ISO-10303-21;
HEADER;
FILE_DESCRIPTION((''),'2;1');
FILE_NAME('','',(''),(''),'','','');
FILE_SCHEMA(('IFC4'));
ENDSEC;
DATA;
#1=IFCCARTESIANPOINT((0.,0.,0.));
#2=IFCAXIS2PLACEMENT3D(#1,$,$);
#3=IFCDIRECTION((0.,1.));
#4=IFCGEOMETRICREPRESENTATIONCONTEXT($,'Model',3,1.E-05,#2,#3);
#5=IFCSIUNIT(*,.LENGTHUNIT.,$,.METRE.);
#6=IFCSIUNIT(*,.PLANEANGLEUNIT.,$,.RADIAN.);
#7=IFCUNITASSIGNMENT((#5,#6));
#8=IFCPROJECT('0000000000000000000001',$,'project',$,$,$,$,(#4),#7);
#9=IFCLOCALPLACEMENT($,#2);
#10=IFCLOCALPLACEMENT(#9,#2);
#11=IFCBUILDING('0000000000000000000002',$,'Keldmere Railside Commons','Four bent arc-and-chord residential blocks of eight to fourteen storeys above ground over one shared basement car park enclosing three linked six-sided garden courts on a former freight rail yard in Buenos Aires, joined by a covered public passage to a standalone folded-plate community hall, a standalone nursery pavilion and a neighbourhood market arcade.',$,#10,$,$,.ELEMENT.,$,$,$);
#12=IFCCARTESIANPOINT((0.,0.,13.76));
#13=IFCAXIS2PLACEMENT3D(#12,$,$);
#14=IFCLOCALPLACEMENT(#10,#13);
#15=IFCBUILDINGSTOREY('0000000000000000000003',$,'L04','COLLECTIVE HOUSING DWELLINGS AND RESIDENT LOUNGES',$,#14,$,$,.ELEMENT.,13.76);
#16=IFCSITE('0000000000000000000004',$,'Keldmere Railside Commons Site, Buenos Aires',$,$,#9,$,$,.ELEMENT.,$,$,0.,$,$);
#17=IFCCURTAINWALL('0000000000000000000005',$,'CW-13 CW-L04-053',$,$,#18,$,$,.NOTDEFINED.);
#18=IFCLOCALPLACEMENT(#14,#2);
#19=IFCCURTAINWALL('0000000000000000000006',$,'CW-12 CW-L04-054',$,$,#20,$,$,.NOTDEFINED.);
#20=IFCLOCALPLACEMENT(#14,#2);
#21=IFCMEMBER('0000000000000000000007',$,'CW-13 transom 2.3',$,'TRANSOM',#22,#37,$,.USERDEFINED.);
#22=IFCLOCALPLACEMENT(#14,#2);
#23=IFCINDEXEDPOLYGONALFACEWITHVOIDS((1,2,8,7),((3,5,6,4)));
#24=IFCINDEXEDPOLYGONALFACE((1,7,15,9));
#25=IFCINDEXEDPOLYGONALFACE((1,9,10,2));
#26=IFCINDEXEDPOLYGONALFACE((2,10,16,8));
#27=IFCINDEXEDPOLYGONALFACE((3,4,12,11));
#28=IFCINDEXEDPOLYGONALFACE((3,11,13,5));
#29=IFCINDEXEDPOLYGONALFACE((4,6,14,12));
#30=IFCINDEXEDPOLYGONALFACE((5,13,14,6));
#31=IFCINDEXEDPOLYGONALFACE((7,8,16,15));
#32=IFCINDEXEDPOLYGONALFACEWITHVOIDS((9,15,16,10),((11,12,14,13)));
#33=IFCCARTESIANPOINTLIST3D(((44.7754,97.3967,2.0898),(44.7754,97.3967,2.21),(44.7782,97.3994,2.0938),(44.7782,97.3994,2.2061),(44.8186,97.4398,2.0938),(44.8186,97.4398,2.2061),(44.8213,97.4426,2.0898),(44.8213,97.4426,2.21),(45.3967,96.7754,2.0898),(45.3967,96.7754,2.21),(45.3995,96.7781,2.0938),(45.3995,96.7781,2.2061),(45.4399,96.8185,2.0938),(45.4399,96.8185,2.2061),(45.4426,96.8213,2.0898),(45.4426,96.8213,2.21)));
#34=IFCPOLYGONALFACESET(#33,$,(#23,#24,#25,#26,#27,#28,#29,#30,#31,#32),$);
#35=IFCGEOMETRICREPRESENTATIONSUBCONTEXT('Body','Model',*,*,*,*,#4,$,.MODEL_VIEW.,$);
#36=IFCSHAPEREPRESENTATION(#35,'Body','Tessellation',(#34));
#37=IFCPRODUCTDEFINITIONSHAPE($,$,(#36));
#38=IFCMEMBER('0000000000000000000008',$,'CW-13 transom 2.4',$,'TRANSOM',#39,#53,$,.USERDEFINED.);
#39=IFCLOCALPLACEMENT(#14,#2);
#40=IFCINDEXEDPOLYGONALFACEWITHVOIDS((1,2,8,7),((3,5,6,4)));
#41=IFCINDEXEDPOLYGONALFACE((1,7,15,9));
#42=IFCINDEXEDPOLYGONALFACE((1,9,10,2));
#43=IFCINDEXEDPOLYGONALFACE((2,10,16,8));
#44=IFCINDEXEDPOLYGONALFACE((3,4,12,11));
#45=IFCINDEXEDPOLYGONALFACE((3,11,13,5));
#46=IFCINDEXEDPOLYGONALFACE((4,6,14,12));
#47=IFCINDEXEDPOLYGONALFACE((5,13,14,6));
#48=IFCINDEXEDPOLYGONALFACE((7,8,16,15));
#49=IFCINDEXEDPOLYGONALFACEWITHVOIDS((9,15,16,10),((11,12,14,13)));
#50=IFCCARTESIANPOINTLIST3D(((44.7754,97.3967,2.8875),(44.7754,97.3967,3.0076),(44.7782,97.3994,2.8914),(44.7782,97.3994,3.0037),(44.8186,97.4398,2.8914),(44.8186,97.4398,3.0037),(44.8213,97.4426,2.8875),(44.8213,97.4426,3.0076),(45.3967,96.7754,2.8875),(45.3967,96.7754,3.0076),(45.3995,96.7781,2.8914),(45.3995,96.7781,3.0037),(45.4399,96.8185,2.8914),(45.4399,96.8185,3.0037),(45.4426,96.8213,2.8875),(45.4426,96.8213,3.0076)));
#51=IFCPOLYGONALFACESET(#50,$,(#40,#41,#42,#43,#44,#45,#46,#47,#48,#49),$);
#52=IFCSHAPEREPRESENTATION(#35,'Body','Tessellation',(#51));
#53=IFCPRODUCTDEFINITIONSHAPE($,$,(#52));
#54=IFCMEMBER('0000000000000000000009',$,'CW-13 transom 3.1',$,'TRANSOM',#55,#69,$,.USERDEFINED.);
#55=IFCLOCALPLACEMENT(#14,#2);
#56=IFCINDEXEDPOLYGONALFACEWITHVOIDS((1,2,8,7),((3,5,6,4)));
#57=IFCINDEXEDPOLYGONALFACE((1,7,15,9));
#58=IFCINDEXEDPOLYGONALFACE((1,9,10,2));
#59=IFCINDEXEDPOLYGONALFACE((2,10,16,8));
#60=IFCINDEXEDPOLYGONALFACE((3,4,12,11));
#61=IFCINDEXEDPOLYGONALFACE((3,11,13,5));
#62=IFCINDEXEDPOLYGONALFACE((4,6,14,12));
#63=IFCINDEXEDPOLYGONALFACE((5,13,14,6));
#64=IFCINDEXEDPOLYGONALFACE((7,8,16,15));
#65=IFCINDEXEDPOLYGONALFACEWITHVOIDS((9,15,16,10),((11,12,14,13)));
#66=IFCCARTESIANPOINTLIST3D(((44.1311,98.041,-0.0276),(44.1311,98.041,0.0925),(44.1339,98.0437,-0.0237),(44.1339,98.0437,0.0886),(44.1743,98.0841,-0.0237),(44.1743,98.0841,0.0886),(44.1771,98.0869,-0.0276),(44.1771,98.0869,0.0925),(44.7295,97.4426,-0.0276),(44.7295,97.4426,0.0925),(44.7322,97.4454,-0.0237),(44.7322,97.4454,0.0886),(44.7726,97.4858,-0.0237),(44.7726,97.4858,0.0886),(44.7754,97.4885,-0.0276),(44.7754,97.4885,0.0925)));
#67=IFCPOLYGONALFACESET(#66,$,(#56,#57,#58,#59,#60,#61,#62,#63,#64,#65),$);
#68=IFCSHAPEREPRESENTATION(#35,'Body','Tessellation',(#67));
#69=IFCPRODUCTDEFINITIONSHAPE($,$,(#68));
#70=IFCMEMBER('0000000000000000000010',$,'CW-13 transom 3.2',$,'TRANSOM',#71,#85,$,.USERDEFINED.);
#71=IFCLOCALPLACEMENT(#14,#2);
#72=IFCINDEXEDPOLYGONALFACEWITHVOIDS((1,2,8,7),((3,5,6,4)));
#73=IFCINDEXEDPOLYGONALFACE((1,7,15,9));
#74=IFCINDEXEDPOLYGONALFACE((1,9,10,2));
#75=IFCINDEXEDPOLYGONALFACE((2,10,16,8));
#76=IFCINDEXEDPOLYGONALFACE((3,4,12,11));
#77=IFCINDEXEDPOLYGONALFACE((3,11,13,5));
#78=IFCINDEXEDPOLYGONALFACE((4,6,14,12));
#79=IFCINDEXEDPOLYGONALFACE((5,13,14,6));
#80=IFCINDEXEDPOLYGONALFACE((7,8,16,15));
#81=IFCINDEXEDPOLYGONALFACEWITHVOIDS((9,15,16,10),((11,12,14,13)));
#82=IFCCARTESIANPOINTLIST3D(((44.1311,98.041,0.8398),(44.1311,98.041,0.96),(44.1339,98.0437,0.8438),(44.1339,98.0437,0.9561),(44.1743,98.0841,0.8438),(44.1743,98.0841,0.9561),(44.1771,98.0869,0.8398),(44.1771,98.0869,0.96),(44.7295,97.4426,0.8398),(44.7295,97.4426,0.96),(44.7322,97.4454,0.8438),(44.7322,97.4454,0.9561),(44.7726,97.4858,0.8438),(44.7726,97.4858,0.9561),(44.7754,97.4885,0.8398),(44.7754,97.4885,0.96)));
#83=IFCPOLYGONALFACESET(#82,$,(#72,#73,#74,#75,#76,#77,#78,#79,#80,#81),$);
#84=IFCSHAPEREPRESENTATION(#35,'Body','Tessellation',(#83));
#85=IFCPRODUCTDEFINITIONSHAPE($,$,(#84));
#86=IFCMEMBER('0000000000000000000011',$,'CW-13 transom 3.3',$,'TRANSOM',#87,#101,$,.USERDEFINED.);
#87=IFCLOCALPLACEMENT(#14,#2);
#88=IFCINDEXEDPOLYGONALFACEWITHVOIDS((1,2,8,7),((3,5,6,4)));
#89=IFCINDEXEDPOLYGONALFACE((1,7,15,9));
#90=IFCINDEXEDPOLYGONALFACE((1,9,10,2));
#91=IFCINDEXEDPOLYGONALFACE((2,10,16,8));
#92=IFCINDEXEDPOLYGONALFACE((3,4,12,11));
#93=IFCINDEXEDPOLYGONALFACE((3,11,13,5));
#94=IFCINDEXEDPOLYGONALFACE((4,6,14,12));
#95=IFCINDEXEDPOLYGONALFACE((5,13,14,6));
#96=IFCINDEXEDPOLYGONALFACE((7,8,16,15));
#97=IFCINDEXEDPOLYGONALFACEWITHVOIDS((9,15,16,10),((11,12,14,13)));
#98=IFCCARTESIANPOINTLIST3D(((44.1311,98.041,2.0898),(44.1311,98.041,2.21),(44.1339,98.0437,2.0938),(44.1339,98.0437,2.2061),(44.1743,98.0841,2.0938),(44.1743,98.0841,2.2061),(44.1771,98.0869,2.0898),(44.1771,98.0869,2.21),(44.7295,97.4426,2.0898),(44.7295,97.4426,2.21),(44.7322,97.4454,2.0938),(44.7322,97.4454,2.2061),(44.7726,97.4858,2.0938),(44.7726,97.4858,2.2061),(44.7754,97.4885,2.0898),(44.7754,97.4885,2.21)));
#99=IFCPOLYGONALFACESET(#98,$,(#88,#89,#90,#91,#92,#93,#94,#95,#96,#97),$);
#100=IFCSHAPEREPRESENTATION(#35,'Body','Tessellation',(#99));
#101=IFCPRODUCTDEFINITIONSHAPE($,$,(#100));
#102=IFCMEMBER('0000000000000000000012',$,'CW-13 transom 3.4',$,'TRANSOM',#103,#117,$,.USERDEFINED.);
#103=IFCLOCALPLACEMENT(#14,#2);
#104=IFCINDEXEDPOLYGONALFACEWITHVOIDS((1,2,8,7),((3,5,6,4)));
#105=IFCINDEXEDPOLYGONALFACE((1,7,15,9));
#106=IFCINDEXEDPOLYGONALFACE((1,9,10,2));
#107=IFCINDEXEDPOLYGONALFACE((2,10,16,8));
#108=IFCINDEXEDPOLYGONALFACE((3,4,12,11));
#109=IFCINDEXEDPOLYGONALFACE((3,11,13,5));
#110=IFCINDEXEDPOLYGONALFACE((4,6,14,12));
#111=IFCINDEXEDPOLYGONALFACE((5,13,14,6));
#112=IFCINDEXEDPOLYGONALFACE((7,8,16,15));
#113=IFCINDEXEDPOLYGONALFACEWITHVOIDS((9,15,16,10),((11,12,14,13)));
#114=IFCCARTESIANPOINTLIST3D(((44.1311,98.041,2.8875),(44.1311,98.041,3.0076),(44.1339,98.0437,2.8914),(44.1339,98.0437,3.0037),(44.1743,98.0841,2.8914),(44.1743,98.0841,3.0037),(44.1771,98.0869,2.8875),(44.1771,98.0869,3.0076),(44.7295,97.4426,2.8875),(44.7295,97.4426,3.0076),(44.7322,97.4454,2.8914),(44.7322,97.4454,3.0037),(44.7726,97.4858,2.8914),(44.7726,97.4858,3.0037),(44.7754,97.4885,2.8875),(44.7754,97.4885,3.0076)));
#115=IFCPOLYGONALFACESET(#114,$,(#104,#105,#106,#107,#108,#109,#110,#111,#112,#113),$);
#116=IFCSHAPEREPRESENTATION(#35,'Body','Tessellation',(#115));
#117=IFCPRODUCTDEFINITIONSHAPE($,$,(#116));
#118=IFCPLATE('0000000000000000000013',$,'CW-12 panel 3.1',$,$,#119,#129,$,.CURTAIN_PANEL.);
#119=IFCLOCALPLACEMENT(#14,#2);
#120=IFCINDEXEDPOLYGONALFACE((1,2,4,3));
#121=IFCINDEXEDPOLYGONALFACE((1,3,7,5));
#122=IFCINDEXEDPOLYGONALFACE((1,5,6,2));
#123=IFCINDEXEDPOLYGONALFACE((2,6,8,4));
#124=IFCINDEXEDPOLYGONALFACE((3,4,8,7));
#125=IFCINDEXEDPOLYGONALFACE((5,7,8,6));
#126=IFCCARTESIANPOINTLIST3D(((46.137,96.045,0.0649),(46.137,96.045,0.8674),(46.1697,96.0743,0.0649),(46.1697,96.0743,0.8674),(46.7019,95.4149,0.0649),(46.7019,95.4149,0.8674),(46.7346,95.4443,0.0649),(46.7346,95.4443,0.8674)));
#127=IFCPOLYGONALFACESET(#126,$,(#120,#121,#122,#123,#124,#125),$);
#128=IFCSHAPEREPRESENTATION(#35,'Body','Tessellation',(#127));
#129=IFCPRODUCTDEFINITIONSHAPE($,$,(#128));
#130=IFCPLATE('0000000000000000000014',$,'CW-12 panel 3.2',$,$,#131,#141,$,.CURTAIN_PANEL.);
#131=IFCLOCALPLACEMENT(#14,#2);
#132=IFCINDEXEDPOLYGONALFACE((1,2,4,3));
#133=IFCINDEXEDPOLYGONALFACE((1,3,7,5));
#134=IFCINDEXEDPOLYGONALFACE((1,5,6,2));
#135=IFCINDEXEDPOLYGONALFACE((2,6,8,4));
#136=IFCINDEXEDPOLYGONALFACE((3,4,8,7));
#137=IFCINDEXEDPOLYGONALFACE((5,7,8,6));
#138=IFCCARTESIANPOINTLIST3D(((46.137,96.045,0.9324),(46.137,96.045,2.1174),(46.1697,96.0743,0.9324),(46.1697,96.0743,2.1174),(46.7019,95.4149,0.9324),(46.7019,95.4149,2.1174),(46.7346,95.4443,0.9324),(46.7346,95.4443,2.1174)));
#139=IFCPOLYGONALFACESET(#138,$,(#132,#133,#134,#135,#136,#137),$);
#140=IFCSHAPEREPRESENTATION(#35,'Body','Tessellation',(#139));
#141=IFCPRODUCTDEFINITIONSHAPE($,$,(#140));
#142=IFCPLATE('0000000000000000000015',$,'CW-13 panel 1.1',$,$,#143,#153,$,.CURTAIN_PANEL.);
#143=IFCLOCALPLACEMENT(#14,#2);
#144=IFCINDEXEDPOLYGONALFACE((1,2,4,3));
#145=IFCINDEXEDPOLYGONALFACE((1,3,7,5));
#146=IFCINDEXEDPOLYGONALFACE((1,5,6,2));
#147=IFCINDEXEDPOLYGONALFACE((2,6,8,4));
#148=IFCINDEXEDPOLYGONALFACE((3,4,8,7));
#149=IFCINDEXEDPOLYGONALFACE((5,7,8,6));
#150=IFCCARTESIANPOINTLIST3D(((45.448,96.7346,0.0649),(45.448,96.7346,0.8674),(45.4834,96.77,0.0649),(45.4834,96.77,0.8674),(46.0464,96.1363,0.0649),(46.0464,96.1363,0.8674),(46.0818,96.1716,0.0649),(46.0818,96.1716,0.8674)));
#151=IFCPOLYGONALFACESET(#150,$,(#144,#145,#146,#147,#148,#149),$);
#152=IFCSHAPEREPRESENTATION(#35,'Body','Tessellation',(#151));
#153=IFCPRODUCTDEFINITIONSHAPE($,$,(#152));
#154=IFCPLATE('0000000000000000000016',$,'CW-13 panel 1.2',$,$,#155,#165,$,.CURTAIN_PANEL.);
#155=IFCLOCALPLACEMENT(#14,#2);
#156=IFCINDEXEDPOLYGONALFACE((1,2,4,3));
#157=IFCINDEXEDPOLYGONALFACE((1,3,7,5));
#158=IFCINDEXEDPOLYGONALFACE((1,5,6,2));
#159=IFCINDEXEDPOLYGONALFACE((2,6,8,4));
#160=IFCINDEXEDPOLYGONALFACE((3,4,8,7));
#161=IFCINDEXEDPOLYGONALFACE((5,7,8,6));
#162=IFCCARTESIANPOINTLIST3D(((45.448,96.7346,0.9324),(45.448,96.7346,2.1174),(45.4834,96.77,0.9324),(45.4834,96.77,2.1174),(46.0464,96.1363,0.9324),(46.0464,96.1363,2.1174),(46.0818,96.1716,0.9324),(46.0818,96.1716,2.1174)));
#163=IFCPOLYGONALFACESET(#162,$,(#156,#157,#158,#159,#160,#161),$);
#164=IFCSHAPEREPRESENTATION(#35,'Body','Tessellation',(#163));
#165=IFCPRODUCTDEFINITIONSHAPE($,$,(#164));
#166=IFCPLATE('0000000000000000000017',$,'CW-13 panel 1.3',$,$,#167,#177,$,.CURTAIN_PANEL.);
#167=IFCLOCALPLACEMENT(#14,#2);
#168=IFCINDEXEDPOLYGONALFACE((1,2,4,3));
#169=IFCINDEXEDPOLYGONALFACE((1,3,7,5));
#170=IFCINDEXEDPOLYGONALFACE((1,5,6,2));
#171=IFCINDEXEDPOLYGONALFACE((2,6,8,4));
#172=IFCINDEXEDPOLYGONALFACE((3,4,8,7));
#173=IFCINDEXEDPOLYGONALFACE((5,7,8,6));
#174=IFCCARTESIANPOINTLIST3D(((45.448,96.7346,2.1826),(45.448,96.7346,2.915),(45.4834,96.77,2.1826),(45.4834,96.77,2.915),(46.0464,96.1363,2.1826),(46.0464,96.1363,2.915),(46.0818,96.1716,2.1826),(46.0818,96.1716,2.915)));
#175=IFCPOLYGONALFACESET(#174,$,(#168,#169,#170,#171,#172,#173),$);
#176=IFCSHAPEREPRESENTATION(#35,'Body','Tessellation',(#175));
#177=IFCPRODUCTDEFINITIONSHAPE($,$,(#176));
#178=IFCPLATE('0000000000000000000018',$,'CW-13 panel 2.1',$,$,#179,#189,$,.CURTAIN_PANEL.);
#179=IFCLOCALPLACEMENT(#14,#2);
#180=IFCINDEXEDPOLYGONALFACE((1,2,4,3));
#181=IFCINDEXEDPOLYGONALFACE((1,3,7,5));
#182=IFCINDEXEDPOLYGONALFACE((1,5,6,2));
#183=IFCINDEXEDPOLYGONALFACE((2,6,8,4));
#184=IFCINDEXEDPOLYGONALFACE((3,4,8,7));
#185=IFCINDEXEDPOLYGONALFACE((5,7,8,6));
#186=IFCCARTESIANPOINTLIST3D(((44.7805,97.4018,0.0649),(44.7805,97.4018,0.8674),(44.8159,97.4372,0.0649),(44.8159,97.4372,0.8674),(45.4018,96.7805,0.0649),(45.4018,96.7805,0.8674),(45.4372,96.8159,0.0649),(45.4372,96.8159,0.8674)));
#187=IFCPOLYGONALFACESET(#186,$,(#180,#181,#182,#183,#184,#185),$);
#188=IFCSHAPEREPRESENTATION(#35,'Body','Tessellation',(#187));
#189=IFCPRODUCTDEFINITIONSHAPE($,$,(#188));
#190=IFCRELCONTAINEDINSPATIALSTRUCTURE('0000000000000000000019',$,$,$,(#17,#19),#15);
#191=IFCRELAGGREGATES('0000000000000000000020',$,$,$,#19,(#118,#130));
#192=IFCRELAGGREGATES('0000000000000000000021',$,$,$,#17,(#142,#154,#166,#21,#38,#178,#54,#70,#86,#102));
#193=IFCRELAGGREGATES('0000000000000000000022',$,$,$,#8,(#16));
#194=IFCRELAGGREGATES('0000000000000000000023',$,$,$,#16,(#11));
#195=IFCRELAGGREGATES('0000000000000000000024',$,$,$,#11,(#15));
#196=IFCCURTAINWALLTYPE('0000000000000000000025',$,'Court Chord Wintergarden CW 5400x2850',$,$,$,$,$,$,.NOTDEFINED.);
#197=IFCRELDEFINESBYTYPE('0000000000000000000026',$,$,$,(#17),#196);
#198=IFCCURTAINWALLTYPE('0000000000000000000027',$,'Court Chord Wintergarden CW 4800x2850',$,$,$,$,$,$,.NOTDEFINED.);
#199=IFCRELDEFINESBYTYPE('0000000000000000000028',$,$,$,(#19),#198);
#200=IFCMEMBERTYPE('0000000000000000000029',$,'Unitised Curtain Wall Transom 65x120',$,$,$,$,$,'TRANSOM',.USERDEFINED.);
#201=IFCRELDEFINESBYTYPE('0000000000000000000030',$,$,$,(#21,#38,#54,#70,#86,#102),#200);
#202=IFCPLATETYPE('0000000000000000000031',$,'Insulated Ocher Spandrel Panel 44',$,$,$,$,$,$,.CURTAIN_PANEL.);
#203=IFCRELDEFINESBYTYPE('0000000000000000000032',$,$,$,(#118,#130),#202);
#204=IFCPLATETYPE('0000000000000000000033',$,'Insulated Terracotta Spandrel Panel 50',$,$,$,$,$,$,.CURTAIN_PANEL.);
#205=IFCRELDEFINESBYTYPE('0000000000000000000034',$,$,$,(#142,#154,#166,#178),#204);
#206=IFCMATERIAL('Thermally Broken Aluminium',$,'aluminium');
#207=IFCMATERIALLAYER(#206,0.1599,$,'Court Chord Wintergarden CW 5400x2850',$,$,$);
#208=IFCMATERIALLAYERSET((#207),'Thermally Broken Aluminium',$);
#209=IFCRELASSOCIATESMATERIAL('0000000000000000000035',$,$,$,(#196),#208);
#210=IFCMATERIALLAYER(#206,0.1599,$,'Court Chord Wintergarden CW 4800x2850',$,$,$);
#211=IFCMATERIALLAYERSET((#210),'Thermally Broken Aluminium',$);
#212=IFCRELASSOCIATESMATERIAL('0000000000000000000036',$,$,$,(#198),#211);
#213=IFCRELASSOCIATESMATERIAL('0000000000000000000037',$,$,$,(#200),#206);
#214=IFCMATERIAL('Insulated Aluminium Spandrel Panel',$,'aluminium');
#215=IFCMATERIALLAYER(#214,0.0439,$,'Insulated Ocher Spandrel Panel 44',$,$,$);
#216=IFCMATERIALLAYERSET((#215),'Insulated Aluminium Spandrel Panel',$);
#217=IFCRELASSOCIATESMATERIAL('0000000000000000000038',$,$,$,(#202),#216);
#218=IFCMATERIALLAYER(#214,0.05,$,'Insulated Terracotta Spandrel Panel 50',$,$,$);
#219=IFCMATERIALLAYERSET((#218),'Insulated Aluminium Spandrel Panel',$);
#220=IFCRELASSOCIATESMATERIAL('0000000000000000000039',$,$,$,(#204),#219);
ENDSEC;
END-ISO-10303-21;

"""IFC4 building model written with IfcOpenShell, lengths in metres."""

from ifc_helpers import new_model, si_unit, direction, frame, origin, origin_2d, place, context, subcontext, project, spatial, rectangle, hollow_rectangle, extrude, material, layer, layer_set, material_profile, profile_set, type_object, element, aggregate, save


model = new_model("IFC4")

# Units and contexts
model_context = context("Model", 3, precision=1e-05, world=origin(), true_north=direction((0.0, 1.0)))
body_context = subcontext(model_context, "Body", "Model", "MODEL_VIEW")
ifc_project = project(units=[si_unit("LENGTHUNIT", "METRE"), si_unit("PLANEANGLEUNIT", "RADIAN")], contexts=[model_context])

# Site, building, storey
site_placement = place(None, origin())
site = spatial("IfcSite", under=ifc_project, at=site_placement, Name="Keldmere Railside Commons Site, Buenos Aires", CompositionType="ELEMENT", RefElevation=0.0)
building_placement = place(site_placement, origin())
building = spatial("IfcBuilding", under=site, at=building_placement, Name="Keldmere Railside Commons", Description="Four bent arc-and-chord residential blocks of eight to fourteen storeys above ground over one shared basement car park enclosing three linked six-sided garden courts on a former freight rail yard in Buenos Aires, joined by a covered public passage to a standalone folded-plate community hall, a standalone nursery pavilion and a neighbourhood market arcade.", CompositionType="ELEMENT")
storey_placement = place(building_placement, frame((0.0, 0.0, 13.76)))
storey = spatial("IfcBuildingStorey", under=building, at=storey_placement, Name="L04", Description="COLLECTIVE HOUSING DWELLINGS AND RESIDENT LOUNGES", CompositionType="ELEMENT", Elevation=13.76)

# Curtain wall
ifc_material_1 = material(Name="Thermally Broken Aluminium", Category="aluminium")
ifc_layer_1 = layer(ifc_material_1, 0.1599, Name="Court Chord Wintergarden CW 5400x2850")
ifc_layer_set_1 = layer_set([ifc_layer_1], Name="Thermally Broken Aluminium")
curtain_wall_type_1 = type_object("IfcCurtainWallType", Name="Court Chord Wintergarden CW 5400x2850", PredefinedType="NOTDEFINED", material=ifc_layer_set_1)
curtain_wall_1_placement = place(storey_placement, origin())
curtain_wall_1 = element("IfcCurtainWall", 1, at=curtain_wall_1_placement, inside=storey, type_object=curtain_wall_type_1, Name="CW-13 CW-L04-053", PredefinedType="NOTDEFINED")

# Curtain wall
ifc_layer_2 = layer(ifc_material_1, 0.1599, Name="Court Chord Wintergarden CW 4800x2850")
ifc_layer_set_2 = layer_set([ifc_layer_2], Name="Thermally Broken Aluminium")
curtain_wall_type_2 = type_object("IfcCurtainWallType", Name="Court Chord Wintergarden CW 4800x2850", PredefinedType="NOTDEFINED", material=ifc_layer_set_2)
curtain_wall_2_placement = place(storey_placement, origin())
curtain_wall_2 = element("IfcCurtainWall", 2, at=curtain_wall_2_placement, inside=storey, type_object=curtain_wall_type_2, Name="CW-12 CW-L04-054", PredefinedType="NOTDEFINED")

# Members
ifc_material_profile_1 = material_profile(ifc_material_1, hollow_rectangle(XDim=0.0649, YDim=0.1201, WallThickness=0.0039, at=origin_2d()), Name="ALU-TRAN-65x120")
ifc_profile_set_1 = profile_set([ifc_material_profile_1], Name="Thermally Broken Aluminium")
member_type_1 = type_object("IfcMemberType", Name="Unitised Curtain Wall Transom 65x120", ElementType="TRANSOM", PredefinedType="USERDEFINED", material=ifc_profile_set_1)
member_1_placement = place(storey_placement, frame((45.4197, 96.7983, 2.1499), z_axis=(-0.707107, 0.707107, 0.0), x_axis=(-0.707107, -0.707107, 0.0)))
member_1 = element("IfcMember", 3, at=member_1_placement, type_object=member_type_1, Name="CW-13 transom 2.3", ObjectType="TRANSOM", PredefinedType="USERDEFINED", context=body_context, shape_type="SweptSolid", body=[
    extrude(hollow_rectangle(XDim=0.0649, YDim=0.1201, WallThickness=0.0039, at=origin_2d()), origin(), (0.0, 0.0, 1.0), 0.8787),
])
member_2_placement = place(storey_placement, frame((45.4197, 96.7983, 2.9475), z_axis=(-0.707107, 0.707107, 0.0), x_axis=(-0.707107, -0.707107, 0.0)))
member_2 = element("IfcMember", 4, at=member_2_placement, type_object=member_type_1, Name="CW-13 transom 2.4", ObjectType="TRANSOM", PredefinedType="USERDEFINED", context=body_context, shape_type="SweptSolid", body=[
    extrude(hollow_rectangle(XDim=0.0649, YDim=0.1201, WallThickness=0.0039, at=origin_2d()), origin(), (0.0, 0.0, 1.0), 0.8787),
])
member_3_placement = place(storey_placement, frame((44.7524, 97.4656, 0.0325), z_axis=(-0.707107, 0.707107, 0.0), x_axis=(-0.707107, -0.707107, 0.0)))
member_3 = element("IfcMember", 5, at=member_3_placement, type_object=member_type_1, Name="CW-13 transom 3.1", ObjectType="TRANSOM", PredefinedType="USERDEFINED", context=body_context, shape_type="SweptSolid", body=[
    extrude(hollow_rectangle(XDim=0.0649, YDim=0.1201, WallThickness=0.0039, at=origin_2d()), origin(), (0.0, 0.0, 1.0), 0.8462),
])
member_4_placement = place(storey_placement, frame((44.7524, 97.4656, 0.8999), z_axis=(-0.707107, 0.707107, 0.0), x_axis=(-0.707107, -0.707107, 0.0)))
member_4 = element("IfcMember", 6, at=member_4_placement, type_object=member_type_1, Name="CW-13 transom 3.2", ObjectType="TRANSOM", PredefinedType="USERDEFINED", context=body_context, shape_type="SweptSolid", body=[
    extrude(hollow_rectangle(XDim=0.0649, YDim=0.1201, WallThickness=0.0039, at=origin_2d()), origin(), (0.0, 0.0, 1.0), 0.8462),
])
member_5_placement = place(storey_placement, frame((44.7524, 97.4656, 2.1499), z_axis=(-0.707107, 0.707107, 0.0), x_axis=(-0.707107, -0.707107, 0.0)))
member_5 = element("IfcMember", 7, at=member_5_placement, type_object=member_type_1, Name="CW-13 transom 3.3", ObjectType="TRANSOM", PredefinedType="USERDEFINED", context=body_context, shape_type="SweptSolid", body=[
    extrude(hollow_rectangle(XDim=0.0649, YDim=0.1201, WallThickness=0.0039, at=origin_2d()), origin(), (0.0, 0.0, 1.0), 0.8462),
])
member_6_placement = place(storey_placement, frame((44.7524, 97.4656, 2.9475), z_axis=(-0.707107, 0.707107, 0.0), x_axis=(-0.707107, -0.707107, 0.0)))
member_6 = element("IfcMember", 8, at=member_6_placement, type_object=member_type_1, Name="CW-13 transom 3.4", ObjectType="TRANSOM", PredefinedType="USERDEFINED", context=body_context, shape_type="SweptSolid", body=[
    extrude(hollow_rectangle(XDim=0.0649, YDim=0.1201, WallThickness=0.0039, at=origin_2d()), origin(), (0.0, 0.0, 1.0), 0.8462),
])

# Plates
ifc_material_2 = material(Name="Insulated Aluminium Spandrel Panel", Category="aluminium")
ifc_layer_3 = layer(ifc_material_2, 0.0439, Name="Insulated Ocher Spandrel Panel 44")
ifc_layer_set_3 = layer_set([ifc_layer_3], Name="Insulated Aluminium Spandrel Panel")
plate_type_1 = type_object("IfcPlateType", Name="Insulated Ocher Spandrel Panel 44", PredefinedType="CURTAIN_PANEL", material=ifc_layer_set_3)
plate_1_placement = place(storey_placement, frame((46.4358, 95.7446, 0.0649), z_axis=(0.0, 0.0, 1.0), x_axis=(-0.667559, 0.744557, 0.0)))
plate_1 = element("IfcPlate", 9, at=plate_1_placement, type_object=plate_type_1, Name="CW-12 panel 3.1", PredefinedType="CURTAIN_PANEL", context=body_context, shape_type="SweptSolid", body=[
    extrude(rectangle(XDim=0.8462, YDim=0.0439, at=origin_2d()), origin(), (0.0, 0.0, 1.0), 0.8025),
])
plate_2_placement = place(storey_placement, frame((46.4358, 95.7446, 0.9324), z_axis=(0.0, 0.0, 1.0), x_axis=(-0.667559, 0.744557, 0.0)))
plate_2 = element("IfcPlate", 10, at=plate_2_placement, type_object=plate_type_1, Name="CW-12 panel 3.2", PredefinedType="CURTAIN_PANEL", context=body_context, shape_type="SweptSolid", body=[
    extrude(rectangle(XDim=0.8462, YDim=0.0439, at=origin_2d()), origin(), (0.0, 0.0, 1.0), 1.1851),
])
aggregate(curtain_wall_2, [plate_1, plate_2])
ifc_layer_4 = layer(ifc_material_2, 0.05, Name="Insulated Terracotta Spandrel Panel 50")
ifc_layer_set_4 = layer_set([ifc_layer_4], Name="Insulated Aluminium Spandrel Panel")
plate_type_2 = type_object("IfcPlateType", Name="Insulated Terracotta Spandrel Panel 50", PredefinedType="CURTAIN_PANEL", material=ifc_layer_set_4)
plate_3_placement = place(storey_placement, frame((45.7649, 96.4531, 0.0649), z_axis=(0.0, 0.0, 1.0), x_axis=(-0.707107, 0.707107, 0.0)))
plate_3 = element("IfcPlate", 11, at=plate_3_placement, type_object=plate_type_2, Name="CW-13 panel 1.1", PredefinedType="CURTAIN_PANEL", context=body_context, shape_type="SweptSolid", body=[
    extrude(rectangle(XDim=0.8462, YDim=0.05, at=origin_2d()), origin(), (0.0, 0.0, 1.0), 0.8025),
])
plate_4_placement = place(storey_placement, frame((45.7649, 96.4531, 0.9324), z_axis=(0.0, 0.0, 1.0), x_axis=(-0.707107, 0.707107, 0.0)))
plate_4 = element("IfcPlate", 12, at=plate_4_placement, type_object=plate_type_2, Name="CW-13 panel 1.2", PredefinedType="CURTAIN_PANEL", context=body_context, shape_type="SweptSolid", body=[
    extrude(rectangle(XDim=0.8462, YDim=0.05, at=origin_2d()), origin(), (0.0, 0.0, 1.0), 1.1851),
])
plate_5_placement = place(storey_placement, frame((45.7649, 96.4531, 2.1826), z_axis=(0.0, 0.0, 1.0), x_axis=(-0.707107, 0.707107, 0.0)))
plate_5 = element("IfcPlate", 13, at=plate_5_placement, type_object=plate_type_2, Name="CW-13 panel 1.3", PredefinedType="CURTAIN_PANEL", context=body_context, shape_type="SweptSolid", body=[
    extrude(rectangle(XDim=0.8462, YDim=0.05, at=origin_2d()), origin(), (0.0, 0.0, 1.0), 0.7324),
])
plate_6_placement = place(storey_placement, frame((45.1089, 97.1089, 0.0649), z_axis=(0.0, 0.0, 1.0), x_axis=(-0.707107, 0.707107, 0.0)))
plate_6 = element("IfcPlate", 14, at=plate_6_placement, type_object=plate_type_2, Name="CW-13 panel 2.1", PredefinedType="CURTAIN_PANEL", context=body_context, shape_type="SweptSolid", body=[
    extrude(rectangle(XDim=0.8787, YDim=0.05, at=origin_2d()), origin(), (0.0, 0.0, 1.0), 0.8025),
])
aggregate(curtain_wall_1, [plate_3, plate_4, plate_5, member_1, member_2, plate_6, member_3, member_4, member_5, member_6])

save(model, "model.ifc")
